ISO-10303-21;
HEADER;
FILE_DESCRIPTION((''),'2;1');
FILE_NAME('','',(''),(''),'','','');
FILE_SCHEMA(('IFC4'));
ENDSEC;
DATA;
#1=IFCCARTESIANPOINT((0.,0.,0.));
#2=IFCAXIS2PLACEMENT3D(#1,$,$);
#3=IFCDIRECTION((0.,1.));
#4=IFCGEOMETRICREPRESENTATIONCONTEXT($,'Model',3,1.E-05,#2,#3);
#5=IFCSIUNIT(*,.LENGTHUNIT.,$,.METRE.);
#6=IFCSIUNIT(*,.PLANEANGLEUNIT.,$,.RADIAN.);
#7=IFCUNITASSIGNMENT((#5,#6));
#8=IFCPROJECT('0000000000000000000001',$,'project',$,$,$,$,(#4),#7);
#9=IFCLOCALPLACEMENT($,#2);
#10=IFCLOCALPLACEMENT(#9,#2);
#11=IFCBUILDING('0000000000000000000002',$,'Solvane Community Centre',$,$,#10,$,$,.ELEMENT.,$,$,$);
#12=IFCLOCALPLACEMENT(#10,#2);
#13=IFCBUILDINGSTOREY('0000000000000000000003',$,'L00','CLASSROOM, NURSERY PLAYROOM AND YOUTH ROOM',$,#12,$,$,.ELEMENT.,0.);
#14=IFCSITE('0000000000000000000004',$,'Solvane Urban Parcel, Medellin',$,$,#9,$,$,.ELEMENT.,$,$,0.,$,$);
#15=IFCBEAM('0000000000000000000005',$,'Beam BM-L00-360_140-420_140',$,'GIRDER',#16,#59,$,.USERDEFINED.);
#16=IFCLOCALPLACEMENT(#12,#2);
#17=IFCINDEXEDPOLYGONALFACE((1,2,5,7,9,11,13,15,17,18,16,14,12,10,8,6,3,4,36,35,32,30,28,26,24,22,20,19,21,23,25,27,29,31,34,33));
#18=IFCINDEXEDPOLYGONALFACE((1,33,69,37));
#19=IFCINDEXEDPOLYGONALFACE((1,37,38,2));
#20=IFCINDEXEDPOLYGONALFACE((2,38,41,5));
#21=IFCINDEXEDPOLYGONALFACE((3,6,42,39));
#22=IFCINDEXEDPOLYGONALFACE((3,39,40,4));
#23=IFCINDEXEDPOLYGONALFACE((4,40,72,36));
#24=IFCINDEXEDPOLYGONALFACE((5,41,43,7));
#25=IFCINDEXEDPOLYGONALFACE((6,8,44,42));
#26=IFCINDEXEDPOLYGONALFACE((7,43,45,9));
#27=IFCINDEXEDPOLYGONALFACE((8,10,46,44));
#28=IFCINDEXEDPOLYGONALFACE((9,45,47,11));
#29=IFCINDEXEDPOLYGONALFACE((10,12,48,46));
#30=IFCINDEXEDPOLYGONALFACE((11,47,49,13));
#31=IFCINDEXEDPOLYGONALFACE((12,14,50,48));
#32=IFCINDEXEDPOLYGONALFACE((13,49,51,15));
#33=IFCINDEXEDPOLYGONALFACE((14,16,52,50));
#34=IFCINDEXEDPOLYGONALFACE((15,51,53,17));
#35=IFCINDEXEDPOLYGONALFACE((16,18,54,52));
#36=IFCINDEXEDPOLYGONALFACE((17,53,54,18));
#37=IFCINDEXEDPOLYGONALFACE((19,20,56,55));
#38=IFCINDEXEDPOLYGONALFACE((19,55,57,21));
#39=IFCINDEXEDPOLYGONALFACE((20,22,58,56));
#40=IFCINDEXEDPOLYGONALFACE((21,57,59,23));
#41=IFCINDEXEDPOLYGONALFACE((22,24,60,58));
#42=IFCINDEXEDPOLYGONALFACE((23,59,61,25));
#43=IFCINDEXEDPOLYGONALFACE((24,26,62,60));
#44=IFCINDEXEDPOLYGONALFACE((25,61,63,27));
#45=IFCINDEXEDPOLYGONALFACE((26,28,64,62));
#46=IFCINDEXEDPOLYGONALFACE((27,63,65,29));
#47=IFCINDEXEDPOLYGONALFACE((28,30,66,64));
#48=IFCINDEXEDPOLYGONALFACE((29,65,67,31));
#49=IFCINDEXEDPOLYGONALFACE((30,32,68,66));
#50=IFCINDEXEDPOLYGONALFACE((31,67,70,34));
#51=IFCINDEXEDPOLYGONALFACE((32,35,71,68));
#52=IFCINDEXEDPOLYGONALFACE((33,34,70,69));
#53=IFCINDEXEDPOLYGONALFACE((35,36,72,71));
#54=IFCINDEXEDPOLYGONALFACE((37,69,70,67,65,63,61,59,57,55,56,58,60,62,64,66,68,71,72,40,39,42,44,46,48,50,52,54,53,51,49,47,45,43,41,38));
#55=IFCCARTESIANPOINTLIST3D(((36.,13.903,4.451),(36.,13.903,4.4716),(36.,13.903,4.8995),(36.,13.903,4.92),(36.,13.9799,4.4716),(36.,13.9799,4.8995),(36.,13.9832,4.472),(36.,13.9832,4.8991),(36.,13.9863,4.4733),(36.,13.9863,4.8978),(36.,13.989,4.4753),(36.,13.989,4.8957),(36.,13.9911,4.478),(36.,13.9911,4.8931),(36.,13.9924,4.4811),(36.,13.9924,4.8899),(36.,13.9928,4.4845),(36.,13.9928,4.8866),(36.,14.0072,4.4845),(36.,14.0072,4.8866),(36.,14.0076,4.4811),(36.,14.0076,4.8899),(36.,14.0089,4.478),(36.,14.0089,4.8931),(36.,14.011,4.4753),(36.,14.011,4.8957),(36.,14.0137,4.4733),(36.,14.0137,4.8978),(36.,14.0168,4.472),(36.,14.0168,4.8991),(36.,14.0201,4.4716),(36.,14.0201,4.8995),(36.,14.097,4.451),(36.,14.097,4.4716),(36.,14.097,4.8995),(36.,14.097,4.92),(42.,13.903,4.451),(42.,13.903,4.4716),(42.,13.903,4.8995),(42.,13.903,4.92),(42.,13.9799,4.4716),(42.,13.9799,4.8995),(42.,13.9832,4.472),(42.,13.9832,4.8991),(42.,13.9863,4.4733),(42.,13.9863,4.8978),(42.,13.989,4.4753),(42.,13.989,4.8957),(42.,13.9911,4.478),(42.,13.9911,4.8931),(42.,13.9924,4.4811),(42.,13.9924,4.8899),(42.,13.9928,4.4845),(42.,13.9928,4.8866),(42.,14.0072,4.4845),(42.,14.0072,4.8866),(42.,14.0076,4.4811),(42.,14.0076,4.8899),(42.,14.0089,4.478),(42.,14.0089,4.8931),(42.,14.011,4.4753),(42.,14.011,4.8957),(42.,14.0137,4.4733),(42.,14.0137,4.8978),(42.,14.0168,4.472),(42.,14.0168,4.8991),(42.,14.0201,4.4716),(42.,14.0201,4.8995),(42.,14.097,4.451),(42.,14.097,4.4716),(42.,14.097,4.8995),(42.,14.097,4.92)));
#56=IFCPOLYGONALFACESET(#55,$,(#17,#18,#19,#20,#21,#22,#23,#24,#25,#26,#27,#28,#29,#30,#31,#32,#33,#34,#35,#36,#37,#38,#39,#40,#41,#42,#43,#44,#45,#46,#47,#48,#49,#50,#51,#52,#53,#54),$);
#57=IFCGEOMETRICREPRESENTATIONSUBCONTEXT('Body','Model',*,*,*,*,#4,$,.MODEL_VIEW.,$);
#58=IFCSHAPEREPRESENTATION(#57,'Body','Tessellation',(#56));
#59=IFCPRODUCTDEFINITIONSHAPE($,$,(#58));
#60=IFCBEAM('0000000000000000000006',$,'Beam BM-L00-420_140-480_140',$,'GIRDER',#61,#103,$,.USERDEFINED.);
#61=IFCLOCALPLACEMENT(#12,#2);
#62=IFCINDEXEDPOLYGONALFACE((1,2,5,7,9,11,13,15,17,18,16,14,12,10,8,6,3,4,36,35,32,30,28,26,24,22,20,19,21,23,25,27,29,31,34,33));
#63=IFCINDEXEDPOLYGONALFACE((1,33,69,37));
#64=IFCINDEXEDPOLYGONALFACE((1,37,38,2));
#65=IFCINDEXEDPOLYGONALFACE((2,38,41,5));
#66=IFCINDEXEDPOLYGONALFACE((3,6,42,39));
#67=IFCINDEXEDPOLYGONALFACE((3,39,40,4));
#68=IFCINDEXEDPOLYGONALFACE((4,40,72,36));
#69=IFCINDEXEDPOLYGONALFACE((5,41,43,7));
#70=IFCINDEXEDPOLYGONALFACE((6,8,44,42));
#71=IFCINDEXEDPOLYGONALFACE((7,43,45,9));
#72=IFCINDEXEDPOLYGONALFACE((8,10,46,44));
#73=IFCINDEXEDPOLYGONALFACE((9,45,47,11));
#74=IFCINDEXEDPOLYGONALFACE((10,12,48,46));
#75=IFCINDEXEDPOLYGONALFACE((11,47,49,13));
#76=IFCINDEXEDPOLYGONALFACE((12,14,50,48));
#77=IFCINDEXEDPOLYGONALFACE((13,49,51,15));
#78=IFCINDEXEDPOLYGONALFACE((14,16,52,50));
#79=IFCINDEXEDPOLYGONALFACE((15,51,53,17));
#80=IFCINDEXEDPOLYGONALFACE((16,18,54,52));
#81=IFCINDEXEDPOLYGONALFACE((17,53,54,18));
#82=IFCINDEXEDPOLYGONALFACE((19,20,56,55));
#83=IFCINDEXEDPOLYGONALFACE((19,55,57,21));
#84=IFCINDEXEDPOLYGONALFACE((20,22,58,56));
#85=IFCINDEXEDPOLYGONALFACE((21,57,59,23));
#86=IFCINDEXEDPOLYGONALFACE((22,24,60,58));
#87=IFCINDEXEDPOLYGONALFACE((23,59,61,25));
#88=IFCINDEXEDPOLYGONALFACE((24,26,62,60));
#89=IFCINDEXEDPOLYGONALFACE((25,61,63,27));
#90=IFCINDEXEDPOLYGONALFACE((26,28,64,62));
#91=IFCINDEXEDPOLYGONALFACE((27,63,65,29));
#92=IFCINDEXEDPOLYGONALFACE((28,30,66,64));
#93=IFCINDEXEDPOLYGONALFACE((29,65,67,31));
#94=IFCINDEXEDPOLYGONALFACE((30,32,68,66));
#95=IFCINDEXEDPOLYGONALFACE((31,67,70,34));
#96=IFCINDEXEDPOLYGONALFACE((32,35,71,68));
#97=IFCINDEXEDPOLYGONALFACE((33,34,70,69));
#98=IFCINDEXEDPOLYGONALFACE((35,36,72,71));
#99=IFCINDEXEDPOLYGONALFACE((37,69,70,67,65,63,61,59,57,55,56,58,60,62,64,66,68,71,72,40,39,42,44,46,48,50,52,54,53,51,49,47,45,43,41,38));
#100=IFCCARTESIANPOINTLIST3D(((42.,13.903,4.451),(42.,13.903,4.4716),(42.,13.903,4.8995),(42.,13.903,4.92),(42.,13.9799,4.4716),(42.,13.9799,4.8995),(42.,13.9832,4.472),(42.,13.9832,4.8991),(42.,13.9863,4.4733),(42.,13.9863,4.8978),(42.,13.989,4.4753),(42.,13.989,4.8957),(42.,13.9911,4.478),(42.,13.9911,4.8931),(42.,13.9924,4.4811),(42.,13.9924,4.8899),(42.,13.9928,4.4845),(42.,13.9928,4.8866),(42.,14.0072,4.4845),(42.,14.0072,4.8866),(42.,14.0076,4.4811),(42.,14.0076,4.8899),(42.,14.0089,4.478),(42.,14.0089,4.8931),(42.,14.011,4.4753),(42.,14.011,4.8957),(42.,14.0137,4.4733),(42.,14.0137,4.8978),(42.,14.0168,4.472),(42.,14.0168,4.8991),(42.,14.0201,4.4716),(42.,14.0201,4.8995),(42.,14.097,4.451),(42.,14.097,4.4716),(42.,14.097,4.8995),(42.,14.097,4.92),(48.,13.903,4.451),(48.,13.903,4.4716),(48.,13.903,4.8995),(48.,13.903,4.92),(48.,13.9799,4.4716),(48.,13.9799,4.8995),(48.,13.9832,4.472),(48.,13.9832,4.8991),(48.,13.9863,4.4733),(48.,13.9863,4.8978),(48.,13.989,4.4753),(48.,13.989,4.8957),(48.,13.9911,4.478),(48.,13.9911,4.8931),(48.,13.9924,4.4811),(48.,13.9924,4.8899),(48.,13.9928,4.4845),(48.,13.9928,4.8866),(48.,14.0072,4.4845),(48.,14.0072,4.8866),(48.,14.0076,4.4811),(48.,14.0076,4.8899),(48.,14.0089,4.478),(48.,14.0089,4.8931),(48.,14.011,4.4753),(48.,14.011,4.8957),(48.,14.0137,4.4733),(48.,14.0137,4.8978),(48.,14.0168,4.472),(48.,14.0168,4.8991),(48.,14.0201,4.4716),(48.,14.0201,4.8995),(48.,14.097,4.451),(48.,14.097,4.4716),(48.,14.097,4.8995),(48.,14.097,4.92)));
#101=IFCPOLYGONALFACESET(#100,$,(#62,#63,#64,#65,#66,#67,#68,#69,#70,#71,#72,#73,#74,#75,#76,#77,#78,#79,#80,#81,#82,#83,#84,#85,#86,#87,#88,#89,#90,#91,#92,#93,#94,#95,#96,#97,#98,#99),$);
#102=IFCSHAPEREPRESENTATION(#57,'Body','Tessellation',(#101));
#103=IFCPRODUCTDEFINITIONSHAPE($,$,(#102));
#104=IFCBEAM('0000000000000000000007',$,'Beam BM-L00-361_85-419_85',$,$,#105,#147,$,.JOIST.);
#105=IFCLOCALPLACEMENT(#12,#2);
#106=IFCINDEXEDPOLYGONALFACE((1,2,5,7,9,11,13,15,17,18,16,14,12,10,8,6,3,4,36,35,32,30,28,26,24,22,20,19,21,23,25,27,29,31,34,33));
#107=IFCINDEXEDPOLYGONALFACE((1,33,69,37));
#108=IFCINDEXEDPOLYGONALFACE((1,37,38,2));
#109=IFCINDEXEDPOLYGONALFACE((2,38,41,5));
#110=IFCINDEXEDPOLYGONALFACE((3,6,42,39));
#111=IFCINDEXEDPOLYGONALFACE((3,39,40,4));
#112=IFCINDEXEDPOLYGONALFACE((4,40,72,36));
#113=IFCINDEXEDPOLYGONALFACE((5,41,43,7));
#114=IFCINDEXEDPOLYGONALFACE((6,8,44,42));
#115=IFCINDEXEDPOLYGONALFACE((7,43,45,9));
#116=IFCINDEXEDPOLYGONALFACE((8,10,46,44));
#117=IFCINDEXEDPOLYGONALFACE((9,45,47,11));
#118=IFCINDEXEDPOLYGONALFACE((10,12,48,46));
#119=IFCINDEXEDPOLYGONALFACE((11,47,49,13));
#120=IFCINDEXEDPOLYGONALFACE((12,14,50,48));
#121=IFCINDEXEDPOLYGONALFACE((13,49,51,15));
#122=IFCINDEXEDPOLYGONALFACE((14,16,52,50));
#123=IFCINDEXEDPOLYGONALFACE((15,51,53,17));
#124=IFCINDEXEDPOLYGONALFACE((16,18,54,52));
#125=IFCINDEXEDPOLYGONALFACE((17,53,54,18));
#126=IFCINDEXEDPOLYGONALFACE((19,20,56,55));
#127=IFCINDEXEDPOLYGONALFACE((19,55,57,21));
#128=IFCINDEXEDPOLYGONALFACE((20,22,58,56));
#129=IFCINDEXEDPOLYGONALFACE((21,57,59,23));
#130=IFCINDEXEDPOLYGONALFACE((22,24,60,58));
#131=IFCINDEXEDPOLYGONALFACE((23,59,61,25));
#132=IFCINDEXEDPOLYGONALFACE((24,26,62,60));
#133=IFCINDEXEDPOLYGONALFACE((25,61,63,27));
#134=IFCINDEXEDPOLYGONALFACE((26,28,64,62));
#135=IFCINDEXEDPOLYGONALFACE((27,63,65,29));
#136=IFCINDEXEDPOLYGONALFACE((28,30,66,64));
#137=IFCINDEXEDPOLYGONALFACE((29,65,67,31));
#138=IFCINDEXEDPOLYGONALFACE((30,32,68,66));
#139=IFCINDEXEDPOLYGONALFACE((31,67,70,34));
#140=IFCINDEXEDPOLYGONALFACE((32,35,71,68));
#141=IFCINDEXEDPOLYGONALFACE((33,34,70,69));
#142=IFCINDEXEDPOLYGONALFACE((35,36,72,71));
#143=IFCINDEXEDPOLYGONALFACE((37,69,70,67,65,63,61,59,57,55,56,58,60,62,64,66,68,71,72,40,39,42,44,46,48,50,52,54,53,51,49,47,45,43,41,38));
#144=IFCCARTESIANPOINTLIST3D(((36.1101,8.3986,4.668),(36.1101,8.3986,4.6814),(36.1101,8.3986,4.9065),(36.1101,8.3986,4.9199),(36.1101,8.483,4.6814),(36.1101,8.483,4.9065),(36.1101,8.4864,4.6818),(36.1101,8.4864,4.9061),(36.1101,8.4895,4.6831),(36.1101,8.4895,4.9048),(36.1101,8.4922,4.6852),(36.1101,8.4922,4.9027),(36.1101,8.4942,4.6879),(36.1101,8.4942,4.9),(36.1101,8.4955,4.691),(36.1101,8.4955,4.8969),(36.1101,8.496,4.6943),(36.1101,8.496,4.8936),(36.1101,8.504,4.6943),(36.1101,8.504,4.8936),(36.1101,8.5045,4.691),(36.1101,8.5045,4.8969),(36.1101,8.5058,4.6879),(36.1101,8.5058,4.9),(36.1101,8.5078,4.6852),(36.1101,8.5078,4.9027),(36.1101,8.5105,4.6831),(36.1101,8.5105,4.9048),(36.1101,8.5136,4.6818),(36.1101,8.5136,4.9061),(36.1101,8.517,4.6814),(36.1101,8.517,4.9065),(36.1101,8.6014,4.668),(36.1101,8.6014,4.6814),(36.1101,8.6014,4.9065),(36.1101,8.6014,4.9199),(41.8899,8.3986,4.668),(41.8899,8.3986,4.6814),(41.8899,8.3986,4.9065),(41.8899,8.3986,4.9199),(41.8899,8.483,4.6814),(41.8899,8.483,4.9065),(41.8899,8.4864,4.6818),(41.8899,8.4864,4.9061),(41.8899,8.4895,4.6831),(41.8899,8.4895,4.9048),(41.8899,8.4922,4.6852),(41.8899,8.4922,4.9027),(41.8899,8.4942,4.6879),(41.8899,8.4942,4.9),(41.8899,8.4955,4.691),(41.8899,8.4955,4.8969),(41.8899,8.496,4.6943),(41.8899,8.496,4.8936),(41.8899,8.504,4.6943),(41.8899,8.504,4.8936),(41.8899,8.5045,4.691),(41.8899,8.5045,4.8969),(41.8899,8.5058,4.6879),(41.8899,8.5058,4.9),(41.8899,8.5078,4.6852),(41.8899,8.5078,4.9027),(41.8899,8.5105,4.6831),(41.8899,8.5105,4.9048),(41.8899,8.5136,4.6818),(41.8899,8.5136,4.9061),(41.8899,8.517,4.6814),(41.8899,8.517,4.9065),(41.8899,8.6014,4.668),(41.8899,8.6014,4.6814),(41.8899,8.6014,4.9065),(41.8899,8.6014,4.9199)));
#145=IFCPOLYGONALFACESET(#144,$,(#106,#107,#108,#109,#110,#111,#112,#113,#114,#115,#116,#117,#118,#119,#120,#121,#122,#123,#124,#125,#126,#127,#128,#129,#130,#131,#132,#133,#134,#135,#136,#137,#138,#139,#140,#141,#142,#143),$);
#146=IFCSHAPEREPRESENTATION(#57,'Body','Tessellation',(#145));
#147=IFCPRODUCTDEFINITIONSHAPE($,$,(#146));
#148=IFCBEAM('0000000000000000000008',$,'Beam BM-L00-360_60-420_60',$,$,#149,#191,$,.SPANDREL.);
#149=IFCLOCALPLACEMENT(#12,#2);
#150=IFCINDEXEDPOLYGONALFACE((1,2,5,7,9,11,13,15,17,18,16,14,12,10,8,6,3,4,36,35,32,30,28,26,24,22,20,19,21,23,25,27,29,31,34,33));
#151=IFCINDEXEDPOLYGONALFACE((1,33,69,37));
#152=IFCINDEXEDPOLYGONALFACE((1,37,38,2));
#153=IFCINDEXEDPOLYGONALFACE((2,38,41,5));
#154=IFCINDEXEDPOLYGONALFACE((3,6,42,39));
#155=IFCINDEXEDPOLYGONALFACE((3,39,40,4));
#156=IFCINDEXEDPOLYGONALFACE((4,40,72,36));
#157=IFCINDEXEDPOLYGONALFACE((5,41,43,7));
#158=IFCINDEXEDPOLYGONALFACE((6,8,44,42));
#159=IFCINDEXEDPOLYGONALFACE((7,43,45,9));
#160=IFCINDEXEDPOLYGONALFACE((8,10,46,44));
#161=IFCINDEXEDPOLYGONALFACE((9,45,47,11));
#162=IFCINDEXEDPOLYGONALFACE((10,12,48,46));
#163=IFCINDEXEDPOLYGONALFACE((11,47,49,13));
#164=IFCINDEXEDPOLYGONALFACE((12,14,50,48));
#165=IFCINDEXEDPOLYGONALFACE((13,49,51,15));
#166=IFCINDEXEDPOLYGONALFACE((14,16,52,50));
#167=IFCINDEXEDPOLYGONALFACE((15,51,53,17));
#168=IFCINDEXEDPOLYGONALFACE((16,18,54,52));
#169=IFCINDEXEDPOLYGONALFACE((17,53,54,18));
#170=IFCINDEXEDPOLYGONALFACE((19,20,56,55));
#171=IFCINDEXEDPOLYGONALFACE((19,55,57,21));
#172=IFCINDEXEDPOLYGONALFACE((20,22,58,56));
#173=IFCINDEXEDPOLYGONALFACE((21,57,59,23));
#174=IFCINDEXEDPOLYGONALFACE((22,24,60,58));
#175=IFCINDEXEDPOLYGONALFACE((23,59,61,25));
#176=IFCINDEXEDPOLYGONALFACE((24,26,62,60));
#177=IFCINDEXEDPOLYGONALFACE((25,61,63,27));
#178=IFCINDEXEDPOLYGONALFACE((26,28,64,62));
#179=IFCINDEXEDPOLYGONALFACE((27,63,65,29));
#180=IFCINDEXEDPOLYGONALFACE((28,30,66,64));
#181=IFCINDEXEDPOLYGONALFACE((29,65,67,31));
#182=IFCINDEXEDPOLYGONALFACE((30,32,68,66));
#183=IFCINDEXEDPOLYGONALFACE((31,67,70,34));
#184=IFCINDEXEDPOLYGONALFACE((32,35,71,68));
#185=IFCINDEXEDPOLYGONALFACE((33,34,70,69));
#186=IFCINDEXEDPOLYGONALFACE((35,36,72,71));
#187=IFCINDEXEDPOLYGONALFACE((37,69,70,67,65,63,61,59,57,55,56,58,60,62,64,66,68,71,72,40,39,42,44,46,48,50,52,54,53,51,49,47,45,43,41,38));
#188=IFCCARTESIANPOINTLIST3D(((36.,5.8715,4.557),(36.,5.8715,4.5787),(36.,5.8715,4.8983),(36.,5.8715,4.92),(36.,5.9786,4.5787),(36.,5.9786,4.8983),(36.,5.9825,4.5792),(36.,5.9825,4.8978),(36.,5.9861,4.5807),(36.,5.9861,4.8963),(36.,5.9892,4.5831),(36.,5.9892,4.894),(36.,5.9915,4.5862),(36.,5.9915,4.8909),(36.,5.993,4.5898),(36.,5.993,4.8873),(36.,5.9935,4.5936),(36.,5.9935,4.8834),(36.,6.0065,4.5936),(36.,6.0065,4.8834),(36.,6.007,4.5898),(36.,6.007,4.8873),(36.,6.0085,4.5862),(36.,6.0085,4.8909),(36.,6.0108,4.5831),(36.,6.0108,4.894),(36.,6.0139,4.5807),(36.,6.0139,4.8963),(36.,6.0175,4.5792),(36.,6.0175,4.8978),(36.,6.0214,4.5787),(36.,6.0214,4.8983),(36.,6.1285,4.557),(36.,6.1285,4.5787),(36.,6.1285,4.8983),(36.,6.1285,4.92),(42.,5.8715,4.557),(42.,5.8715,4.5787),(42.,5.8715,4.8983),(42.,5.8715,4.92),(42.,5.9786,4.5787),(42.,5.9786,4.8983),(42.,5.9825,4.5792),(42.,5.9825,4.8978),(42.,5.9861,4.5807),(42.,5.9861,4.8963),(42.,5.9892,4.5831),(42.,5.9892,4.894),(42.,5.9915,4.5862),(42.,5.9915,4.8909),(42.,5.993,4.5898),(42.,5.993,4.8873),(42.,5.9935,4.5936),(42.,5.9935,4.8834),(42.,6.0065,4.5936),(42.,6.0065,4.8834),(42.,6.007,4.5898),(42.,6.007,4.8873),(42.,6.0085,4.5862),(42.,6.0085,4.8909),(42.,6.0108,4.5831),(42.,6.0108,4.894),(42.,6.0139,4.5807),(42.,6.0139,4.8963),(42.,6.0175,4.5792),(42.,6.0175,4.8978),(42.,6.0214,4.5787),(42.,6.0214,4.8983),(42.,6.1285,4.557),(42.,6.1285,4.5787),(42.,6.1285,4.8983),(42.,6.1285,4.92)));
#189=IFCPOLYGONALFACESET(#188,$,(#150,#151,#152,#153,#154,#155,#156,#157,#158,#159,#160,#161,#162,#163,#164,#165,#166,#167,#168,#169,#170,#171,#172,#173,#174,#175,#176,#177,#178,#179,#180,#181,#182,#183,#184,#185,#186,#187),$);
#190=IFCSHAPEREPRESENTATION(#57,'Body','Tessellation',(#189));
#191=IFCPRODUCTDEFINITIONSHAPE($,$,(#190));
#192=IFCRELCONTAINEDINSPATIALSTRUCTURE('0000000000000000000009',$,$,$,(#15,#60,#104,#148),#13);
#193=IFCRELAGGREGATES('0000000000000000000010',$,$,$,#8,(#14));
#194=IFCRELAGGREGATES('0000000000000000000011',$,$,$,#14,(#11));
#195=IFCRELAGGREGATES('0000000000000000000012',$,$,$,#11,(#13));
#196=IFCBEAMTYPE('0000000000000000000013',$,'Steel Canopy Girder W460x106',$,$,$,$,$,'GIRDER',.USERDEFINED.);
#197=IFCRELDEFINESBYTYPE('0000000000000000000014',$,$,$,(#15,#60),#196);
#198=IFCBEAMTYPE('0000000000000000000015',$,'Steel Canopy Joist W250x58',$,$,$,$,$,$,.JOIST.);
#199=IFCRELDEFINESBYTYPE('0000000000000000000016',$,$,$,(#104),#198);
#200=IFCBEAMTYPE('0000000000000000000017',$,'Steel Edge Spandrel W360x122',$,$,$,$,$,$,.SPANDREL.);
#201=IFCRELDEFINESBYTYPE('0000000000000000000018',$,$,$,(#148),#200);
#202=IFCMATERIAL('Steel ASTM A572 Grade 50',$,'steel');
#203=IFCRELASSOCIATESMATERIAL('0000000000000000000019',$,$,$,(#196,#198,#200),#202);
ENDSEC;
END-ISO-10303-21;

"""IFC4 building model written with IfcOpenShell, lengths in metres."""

from ifc_helpers import new_model, si_unit, direction, frame, origin, origin_2d, place, context, subcontext, project, spatial, i_section, extrude, material, material_profile, profile_set, type_object, element, save


model = new_model("IFC4")

# Units and contexts
model_context = context("Model", 3, precision=1e-05, world=origin(), true_north=direction((0.0, 1.0)))
body_context = subcontext(model_context, "Body", "Model", "MODEL_VIEW")
ifc_project = project(units=[si_unit("LENGTHUNIT", "METRE"), si_unit("PLANEANGLEUNIT", "RADIAN")], contexts=[model_context])

# Site, building, storey
site_placement = place(None, origin())
site = spatial("IfcSite", under=ifc_project, at=site_placement, Name="Solvane Urban Parcel, Medellin", CompositionType="ELEMENT", RefElevation=0.0)
building_placement = place(site_placement, origin())
building = spatial("IfcBuilding", under=site, at=building_placement, Name="Solvane Community Centre", CompositionType="ELEMENT")
storey_placement = place(building_placement, origin())
storey = spatial("IfcBuildingStorey", under=building, at=storey_placement, Name="L00", Description="CLASSROOM, NURSERY PLAYROOM AND YOUTH ROOM", CompositionType="ELEMENT", Elevation=0.0)

# Beams
ifc_material_1 = material(Name="Steel ASTM A572 Grade 50", Category="steel")
ifc_material_profile_1 = material_profile(ifc_material_1, i_section(OverallWidth=0.1941, OverallDepth=0.469, WebThickness=0.0144, FlangeThickness=0.0205, FilletRadius=0.0129, at=origin_2d()), Name="W460x106")
ifc_profile_set_1 = profile_set([ifc_material_profile_1], Name="Steel ASTM A572 Grade 50")
beam_type_1 = type_object("IfcBeamType", Name="Steel Canopy Girder W460x106", ElementType="GIRDER", PredefinedType="USERDEFINED", material=ifc_profile_set_1)
for number, where, z_axis, x_axis, name in (
    (1, (36.0, 14.0, 4.6855), (1.0, 0.0, 0.0), (0.0, 1.0, 0.0), "Beam BM-L00-360_140-420_140"),
    (2, (42.0, 14.0, 4.6855), (1.0, 0.0, 0.0), (0.0, 1.0, 0.0), "Beam BM-L00-420_140-480_140"),
):
    element("IfcBeam", number, at=place(storey_placement, frame(where, z_axis=z_axis, x_axis=x_axis)), inside=storey, type_object=beam_type_1, Name=name, ObjectType="GIRDER", PredefinedType="USERDEFINED", context=body_context, shape_type="SweptSolid", body=[
        extrude(i_section(OverallWidth=0.1941, OverallDepth=0.469, WebThickness=0.0144, FlangeThickness=0.0205, FilletRadius=0.0129, at=origin_2d()), origin(), (0.0, 0.0, 1.0), 6.0),
    ])
ifc_material_profile_2 = material_profile(ifc_material_1, i_section(OverallWidth=0.2029, OverallDepth=0.252, WebThickness=0.0081, FlangeThickness=0.0134, FilletRadius=0.0129, at=origin_2d()), Name="W250x58")
ifc_profile_set_2 = profile_set([ifc_material_profile_2], Name="Steel ASTM A572 Grade 50")
beam_type_2 = type_object("IfcBeamType", Name="Steel Canopy Joist W250x58", PredefinedType="JOIST", material=ifc_profile_set_2)
beam_1_placement = place(storey_placement, frame((36.1101, 8.5, 4.7939), z_axis=(1.0, 0.0, 0.0), x_axis=(0.0, 1.0, 0.0)))
element("IfcBeam", 3, at=beam_1_placement, inside=storey, type_object=beam_type_2, Name="Beam BM-L00-361_85-419_85", PredefinedType="JOIST", context=body_context, shape_type="SweptSolid", body=[
    extrude(i_section(OverallWidth=0.2029, OverallDepth=0.252, WebThickness=0.0081, FlangeThickness=0.0134, FilletRadius=0.0129, at=origin_2d()), origin(), (0.0, 0.0, 1.0), 5.7798),
])
ifc_material_profile_3 = material_profile(ifc_material_1, i_section(OverallWidth=0.2571, OverallDepth=0.363, WebThickness=0.0129, FlangeThickness=0.0217, FilletRadius=0.0149, at=origin_2d()), Name="W360x122")
ifc_profile_set_3 = profile_set([ifc_material_profile_3], Name="Steel ASTM A572 Grade 50")
beam_type_3 = type_object("IfcBeamType", Name="Steel Edge Spandrel W360x122", PredefinedType="SPANDREL", material=ifc_profile_set_3)
for number, where, z_axis, x_axis, name in (
    (4, (36.0, 6.0, 4.7385), (1.0, 0.0, 0.0), (0.0, 1.0, 0.0), "Beam BM-L00-360_60-420_60"),
):
    element("IfcBeam", number, at=place(storey_placement, frame(where, z_axis=z_axis, x_axis=x_axis)), inside=storey, type_object=beam_type_3, Name=name, PredefinedType="SPANDREL", context=body_context, shape_type="SweptSolid", body=[
        extrude(i_section(OverallWidth=0.2571, OverallDepth=0.363, WebThickness=0.0129, FlangeThickness=0.0217, FilletRadius=0.0149, at=origin_2d()), origin(), (0.0, 0.0, 1.0), 6.0),
    ])

save(model, "model.ifc")
